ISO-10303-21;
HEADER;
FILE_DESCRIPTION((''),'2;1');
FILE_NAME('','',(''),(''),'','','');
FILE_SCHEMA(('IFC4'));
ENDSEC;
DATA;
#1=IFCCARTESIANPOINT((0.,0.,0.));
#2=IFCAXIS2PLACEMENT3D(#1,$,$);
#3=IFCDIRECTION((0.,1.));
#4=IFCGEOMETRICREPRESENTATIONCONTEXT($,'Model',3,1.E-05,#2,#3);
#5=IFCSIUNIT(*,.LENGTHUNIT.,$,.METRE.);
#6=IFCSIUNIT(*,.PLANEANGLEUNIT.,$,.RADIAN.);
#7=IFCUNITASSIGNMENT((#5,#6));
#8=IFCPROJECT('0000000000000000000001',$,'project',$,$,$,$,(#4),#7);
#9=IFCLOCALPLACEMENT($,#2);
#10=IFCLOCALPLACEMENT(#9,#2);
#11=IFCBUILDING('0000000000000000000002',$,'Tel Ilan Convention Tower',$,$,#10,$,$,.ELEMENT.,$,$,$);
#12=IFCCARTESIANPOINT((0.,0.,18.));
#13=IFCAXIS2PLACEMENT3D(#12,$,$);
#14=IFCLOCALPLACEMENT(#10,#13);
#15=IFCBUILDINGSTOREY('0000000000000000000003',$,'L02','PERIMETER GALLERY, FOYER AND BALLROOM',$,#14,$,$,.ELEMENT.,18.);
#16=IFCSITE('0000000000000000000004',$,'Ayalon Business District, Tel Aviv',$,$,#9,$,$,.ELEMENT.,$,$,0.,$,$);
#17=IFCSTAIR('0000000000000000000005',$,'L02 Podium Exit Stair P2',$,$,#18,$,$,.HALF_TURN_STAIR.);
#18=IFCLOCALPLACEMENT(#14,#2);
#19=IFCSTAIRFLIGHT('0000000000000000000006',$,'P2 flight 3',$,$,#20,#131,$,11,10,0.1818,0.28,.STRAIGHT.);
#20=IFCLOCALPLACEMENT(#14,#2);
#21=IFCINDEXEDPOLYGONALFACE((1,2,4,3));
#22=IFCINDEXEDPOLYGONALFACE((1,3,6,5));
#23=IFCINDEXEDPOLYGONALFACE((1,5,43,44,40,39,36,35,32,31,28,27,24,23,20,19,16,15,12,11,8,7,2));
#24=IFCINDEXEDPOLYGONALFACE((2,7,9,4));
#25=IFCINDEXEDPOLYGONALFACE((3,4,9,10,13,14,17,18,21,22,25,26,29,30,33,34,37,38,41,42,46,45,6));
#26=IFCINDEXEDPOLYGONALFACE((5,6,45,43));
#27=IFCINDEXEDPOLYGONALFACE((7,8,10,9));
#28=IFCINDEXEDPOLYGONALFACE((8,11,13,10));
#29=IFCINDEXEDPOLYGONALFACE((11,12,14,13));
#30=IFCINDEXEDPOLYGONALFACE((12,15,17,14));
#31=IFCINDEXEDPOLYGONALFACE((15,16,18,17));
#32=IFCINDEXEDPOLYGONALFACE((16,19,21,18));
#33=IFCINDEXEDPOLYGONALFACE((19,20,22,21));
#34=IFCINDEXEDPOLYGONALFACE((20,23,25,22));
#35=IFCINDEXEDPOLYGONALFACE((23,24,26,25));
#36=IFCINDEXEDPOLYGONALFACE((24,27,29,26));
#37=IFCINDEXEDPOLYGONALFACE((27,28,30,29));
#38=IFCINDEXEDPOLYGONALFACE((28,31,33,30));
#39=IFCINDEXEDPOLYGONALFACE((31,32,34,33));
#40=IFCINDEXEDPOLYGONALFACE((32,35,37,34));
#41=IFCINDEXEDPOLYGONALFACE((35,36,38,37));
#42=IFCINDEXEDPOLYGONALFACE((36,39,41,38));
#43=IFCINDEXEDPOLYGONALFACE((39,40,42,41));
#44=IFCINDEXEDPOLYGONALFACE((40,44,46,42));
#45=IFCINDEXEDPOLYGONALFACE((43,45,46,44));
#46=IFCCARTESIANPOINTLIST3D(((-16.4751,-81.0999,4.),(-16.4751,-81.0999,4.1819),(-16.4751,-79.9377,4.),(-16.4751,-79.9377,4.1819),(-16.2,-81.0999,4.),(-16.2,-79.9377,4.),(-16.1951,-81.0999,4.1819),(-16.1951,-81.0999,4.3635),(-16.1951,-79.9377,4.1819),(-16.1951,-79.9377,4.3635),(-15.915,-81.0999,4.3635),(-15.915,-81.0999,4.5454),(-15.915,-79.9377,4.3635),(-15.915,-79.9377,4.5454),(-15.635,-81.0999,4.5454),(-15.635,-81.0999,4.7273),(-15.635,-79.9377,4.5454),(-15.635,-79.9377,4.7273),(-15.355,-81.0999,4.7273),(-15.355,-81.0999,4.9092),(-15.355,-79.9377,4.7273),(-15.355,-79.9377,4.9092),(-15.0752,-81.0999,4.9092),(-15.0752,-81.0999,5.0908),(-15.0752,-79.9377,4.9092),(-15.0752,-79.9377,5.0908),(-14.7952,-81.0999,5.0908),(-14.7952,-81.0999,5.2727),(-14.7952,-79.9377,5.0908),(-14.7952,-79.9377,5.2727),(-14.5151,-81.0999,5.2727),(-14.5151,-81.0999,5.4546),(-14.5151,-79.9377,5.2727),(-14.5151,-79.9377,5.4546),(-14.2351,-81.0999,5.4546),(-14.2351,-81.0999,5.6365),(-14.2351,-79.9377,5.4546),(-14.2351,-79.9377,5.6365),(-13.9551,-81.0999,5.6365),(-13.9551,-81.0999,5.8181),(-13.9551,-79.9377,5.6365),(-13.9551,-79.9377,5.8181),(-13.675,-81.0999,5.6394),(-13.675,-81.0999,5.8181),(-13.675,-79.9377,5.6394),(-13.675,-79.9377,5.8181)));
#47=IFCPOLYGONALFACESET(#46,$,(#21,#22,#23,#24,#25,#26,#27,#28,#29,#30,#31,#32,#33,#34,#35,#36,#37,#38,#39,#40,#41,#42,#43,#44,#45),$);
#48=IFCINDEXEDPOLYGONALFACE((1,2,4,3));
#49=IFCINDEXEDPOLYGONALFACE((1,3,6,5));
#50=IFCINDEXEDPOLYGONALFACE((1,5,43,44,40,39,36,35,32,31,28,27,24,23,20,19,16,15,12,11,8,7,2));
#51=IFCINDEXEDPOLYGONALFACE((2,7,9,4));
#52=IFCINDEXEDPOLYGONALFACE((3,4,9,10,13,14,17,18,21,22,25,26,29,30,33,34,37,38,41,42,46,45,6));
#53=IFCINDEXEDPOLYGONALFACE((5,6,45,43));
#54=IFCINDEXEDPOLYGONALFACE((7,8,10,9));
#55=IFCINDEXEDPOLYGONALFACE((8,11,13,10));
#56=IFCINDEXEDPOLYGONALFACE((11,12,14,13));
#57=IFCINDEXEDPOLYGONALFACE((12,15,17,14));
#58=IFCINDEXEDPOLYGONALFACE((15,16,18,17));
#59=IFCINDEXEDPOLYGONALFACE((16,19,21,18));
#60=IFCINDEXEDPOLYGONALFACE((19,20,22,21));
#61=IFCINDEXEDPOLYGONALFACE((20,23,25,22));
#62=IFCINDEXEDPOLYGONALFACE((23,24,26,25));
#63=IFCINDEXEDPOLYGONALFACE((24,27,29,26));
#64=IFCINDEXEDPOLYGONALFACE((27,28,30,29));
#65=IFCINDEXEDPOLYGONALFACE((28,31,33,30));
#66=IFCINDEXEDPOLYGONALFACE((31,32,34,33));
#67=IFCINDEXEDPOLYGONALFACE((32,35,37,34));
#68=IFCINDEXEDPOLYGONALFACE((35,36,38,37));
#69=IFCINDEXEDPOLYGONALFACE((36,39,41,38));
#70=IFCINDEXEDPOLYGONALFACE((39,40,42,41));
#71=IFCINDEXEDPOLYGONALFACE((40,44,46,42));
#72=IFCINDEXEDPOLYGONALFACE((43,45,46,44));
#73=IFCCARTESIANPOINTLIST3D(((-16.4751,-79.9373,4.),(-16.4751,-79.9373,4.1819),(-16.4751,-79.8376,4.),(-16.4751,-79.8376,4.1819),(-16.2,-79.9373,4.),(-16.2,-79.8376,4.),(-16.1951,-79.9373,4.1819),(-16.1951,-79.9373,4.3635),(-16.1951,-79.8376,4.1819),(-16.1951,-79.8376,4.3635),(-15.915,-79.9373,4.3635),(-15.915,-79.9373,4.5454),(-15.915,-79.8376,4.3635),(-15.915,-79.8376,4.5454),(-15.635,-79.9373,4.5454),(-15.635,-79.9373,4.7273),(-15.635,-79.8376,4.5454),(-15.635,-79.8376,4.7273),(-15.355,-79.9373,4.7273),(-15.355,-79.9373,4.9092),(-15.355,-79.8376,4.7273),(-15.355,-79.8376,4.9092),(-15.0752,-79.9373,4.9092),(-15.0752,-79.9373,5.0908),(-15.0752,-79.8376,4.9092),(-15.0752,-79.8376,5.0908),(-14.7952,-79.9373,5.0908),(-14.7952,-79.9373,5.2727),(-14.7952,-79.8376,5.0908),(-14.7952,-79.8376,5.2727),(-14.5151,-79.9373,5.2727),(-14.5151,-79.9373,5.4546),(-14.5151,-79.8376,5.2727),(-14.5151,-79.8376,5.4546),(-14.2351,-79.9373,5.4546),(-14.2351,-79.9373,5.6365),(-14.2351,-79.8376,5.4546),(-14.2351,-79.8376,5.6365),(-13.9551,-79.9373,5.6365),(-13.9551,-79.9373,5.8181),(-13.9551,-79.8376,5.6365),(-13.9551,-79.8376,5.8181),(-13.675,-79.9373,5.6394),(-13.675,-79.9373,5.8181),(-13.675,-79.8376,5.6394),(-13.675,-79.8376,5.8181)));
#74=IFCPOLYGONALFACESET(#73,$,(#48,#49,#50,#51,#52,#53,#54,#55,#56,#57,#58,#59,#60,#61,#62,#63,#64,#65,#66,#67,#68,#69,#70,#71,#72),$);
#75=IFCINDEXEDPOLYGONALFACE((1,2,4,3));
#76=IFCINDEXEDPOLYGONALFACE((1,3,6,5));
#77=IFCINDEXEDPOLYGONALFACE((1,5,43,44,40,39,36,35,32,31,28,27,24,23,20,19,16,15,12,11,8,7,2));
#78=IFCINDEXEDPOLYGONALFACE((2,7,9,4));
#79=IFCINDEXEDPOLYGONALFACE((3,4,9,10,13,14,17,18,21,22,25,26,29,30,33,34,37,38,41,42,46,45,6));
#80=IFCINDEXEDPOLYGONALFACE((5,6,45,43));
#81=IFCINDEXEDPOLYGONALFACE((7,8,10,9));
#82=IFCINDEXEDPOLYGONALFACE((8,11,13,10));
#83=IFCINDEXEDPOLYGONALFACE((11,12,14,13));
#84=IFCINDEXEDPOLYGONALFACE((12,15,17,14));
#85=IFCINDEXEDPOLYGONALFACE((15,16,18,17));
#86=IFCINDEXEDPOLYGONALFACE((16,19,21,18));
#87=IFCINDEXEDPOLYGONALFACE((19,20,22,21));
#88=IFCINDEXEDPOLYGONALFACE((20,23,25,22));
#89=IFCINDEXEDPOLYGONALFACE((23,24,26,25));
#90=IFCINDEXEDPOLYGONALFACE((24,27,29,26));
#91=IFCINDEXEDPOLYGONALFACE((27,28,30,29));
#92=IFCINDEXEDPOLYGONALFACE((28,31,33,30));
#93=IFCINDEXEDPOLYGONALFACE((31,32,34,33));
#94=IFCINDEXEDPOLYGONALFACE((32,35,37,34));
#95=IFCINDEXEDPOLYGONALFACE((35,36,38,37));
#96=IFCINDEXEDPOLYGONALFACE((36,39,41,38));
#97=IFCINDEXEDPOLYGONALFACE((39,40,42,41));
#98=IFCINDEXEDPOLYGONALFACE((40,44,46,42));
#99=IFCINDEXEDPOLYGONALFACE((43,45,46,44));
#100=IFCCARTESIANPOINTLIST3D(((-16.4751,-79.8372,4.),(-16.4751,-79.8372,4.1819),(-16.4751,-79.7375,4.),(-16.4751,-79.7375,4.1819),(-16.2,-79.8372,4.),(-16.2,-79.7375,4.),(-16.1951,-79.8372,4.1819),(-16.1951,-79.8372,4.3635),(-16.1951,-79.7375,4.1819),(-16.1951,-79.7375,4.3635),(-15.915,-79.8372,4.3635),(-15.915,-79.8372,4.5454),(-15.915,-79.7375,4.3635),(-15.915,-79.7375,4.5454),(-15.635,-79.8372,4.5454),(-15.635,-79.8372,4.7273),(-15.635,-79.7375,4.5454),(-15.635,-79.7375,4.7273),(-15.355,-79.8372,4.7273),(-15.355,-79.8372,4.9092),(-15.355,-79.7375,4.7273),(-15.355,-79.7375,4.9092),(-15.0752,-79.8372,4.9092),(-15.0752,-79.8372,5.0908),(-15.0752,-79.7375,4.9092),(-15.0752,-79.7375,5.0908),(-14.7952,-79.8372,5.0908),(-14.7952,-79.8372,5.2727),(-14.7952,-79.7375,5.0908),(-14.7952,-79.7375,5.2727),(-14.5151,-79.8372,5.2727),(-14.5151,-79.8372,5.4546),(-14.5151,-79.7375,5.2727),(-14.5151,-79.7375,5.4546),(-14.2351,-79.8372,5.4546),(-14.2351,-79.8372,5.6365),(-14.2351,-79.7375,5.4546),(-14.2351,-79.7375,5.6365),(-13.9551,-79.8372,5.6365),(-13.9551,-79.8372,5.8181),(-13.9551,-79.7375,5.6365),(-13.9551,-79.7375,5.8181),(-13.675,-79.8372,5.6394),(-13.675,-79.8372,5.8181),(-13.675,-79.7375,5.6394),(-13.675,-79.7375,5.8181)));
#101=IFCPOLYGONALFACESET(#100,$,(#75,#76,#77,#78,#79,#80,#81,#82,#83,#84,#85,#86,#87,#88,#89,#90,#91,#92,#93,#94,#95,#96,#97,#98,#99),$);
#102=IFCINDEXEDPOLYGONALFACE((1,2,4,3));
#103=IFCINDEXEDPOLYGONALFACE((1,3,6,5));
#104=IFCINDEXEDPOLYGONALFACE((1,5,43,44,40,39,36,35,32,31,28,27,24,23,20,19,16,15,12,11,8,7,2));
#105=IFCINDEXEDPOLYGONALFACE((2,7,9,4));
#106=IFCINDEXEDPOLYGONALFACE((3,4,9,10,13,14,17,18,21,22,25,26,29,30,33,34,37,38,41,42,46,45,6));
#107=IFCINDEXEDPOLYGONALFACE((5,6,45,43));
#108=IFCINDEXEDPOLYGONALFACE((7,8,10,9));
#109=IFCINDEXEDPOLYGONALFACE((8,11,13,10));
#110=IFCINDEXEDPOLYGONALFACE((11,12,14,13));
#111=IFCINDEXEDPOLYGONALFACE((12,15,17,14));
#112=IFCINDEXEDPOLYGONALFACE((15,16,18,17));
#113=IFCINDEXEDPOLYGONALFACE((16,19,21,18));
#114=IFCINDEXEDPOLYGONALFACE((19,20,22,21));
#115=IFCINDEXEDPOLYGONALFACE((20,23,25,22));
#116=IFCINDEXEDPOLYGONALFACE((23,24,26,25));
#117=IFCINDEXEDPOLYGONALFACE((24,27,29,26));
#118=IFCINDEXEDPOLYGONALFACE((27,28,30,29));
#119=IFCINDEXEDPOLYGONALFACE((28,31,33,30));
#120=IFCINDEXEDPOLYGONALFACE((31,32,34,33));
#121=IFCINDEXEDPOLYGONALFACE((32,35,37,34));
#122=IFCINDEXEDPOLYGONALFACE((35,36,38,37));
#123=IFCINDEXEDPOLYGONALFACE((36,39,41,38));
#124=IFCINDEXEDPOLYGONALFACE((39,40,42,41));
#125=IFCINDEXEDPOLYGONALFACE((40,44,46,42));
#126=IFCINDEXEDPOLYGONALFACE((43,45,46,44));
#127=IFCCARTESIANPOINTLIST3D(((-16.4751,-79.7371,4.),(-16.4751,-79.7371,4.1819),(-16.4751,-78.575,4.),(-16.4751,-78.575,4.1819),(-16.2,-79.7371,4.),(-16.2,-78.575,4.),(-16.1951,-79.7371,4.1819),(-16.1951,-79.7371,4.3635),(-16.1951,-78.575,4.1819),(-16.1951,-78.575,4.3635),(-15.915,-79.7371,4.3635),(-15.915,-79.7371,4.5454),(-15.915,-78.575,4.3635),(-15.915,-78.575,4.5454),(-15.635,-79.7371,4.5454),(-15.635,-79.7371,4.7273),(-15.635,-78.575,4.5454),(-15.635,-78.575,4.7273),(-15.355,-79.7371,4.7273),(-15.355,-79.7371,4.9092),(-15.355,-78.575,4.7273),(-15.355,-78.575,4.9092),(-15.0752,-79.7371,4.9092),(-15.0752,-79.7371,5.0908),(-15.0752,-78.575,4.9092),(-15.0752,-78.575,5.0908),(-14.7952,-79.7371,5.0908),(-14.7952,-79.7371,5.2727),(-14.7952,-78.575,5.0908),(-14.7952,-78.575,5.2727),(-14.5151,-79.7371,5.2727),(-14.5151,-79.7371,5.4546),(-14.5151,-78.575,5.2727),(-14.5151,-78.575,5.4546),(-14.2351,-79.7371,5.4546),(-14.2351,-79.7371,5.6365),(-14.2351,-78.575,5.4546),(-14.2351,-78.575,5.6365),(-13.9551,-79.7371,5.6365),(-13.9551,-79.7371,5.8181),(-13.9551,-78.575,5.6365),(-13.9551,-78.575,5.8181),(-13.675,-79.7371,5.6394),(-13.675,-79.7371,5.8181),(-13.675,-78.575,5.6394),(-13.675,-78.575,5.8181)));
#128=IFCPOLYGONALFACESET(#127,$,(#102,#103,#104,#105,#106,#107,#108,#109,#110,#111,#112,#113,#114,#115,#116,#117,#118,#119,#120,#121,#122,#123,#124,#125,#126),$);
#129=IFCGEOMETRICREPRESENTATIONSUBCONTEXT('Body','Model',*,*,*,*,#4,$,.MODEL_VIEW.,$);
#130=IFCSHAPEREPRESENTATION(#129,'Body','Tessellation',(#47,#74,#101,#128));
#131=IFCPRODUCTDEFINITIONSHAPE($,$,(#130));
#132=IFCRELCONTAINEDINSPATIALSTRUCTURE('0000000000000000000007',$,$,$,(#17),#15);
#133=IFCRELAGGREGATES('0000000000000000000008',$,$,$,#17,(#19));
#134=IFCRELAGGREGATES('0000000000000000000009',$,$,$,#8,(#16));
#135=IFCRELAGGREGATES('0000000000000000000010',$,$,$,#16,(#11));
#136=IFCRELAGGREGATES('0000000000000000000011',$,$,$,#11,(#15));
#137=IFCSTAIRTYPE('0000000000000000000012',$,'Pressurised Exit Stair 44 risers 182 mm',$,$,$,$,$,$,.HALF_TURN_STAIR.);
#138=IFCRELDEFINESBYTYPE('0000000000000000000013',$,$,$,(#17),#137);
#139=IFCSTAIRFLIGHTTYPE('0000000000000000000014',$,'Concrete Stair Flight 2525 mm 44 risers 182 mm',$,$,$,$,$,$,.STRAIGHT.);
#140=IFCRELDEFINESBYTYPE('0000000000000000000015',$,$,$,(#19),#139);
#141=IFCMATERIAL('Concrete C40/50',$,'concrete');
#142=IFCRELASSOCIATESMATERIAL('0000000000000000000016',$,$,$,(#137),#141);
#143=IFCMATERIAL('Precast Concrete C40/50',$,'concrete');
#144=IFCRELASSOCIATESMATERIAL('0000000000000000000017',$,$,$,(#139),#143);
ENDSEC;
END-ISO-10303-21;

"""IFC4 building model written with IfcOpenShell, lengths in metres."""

from ifc_helpers import new_model, si_unit, direction, frame, origin, place, context, subcontext, project, spatial, polyline, outline, extrude, material, type_object, element, aggregate, save


model = new_model("IFC4")

# Units and contexts
model_context = context("Model", 3, precision=1e-05, world=origin(), true_north=direction((0.0, 1.0)))
body_context = subcontext(model_context, "Body", "Model", "MODEL_VIEW")
ifc_project = project(units=[si_unit("LENGTHUNIT", "METRE"), si_unit("PLANEANGLEUNIT", "RADIAN")], contexts=[model_context])

# Site, building, storey
site_placement = place(None, origin())
site = spatial("IfcSite", under=ifc_project, at=site_placement, Name="Ayalon Business District, Tel Aviv", CompositionType="ELEMENT", RefElevation=0.0)
building_placement = place(site_placement, origin())
building = spatial("IfcBuilding", under=site, at=building_placement, Name="Tel Ilan Convention Tower", CompositionType="ELEMENT")
storey_placement = place(building_placement, frame((0.0, 0.0, 18.0)))
storey = spatial("IfcBuildingStorey", under=building, at=storey_placement, Name="L02", Description="PERIMETER GALLERY, FOYER AND BALLROOM", CompositionType="ELEMENT", Elevation=18.0)

# Stair, stair flight
ifc_material_1 = material(Name="Concrete C40/50", Category="concrete")
stair_type = type_object("IfcStairType", Name="Pressurised Exit Stair 44 risers 182 mm", PredefinedType="HALF_TURN_STAIR", material=ifc_material_1)
stair_placement = place(storey_placement, origin())
stair = element("IfcStair", 1, at=stair_placement, inside=storey, type_object=stair_type, Name="L02 Podium Exit Stair P2", PredefinedType="HALF_TURN_STAIR")
ifc_material_2 = material(Name="Precast Concrete C40/50", Category="concrete")
stair_flight_type = type_object("IfcStairFlightType", Name="Concrete Stair Flight 2525 mm 44 risers 182 mm", PredefinedType="STRAIGHT", material=ifc_material_2)
stair_flight_1_placement = place(storey_placement, frame((-16.4751, -79.8374, 4.0), z_axis=(0.0, 0.0, 1.0), x_axis=(1.0, 0.0, 0.0)))
stair_flight_1 = element("IfcStairFlight", 2, at=stair_flight_1_placement, type_object=stair_flight_type, Name="P2 flight 3", NumberOfRisers=11, NumberOfTreads=10, PredefinedType="STRAIGHT", RiserHeight=0.1818, TreadLength=0.28, context=body_context, shape_type="SweptSolid", body=[
    extrude(outline(polyline([(0.0, 0.0), (0.0, 0.1819), (0.28, 0.1819), (0.28, 0.3635), (0.5601, 0.3635), (0.5601, 0.5454), (0.8401, 0.5454), (0.8401, 0.7273), (1.1201, 0.7273), (1.1201, 0.9092), (1.3999, 0.9092), (1.3999, 1.0908), (1.6799, 1.0908), (1.6799, 1.2727), (1.96, 1.2727), (1.96, 1.4546), (2.24, 1.4546), (2.24, 1.6365), (2.52, 1.6365), (2.52, 1.8181), (2.8, 1.8181), (2.8, 2.0), (2.8, 1.6394), (0.2751, 0.0), (0.0, 0.0)])), frame((0.0, -0.1003, 0.0), z_axis=(0.0, -1.0, 0.0), x_axis=(1.0, 0.0, 0.0)), (0.0, 0.0, 1.0), 1.1621),
    extrude(outline(polyline([(0.0, 0.0), (0.0, 0.1819), (0.28, 0.1819), (0.28, 0.3635), (0.5601, 0.3635), (0.5601, 0.5454), (0.8401, 0.5454), (0.8401, 0.7273), (1.1201, 0.7273), (1.1201, 0.9092), (1.3999, 0.9092), (1.3999, 1.0908), (1.6799, 1.0908), (1.6799, 1.2727), (1.96, 1.2727), (1.96, 1.4546), (2.24, 1.4546), (2.24, 1.6365), (2.52, 1.6365), (2.52, 1.8181), (2.8, 1.8181), (2.8, 2.0), (2.8, 1.6394), (0.2751, 0.0), (0.0, 0.0)])), frame((0.0, -0.0002, 0.0), z_axis=(0.0, -1.0, 0.0), x_axis=(1.0, 0.0, 0.0)), (0.0, 0.0, 1.0), 0.0996),
    extrude(outline(polyline([(0.0, 0.0), (0.0, 0.1819), (0.28, 0.1819), (0.28, 0.3635), (0.5601, 0.3635), (0.5601, 0.5454), (0.8401, 0.5454), (0.8401, 0.7273), (1.1201, 0.7273), (1.1201, 0.9092), (1.3999, 0.9092), (1.3999, 1.0908), (1.6799, 1.0908), (1.6799, 1.2727), (1.96, 1.2727), (1.96, 1.4546), (2.24, 1.4546), (2.24, 1.6365), (2.52, 1.6365), (2.52, 1.8181), (2.8, 1.8181), (2.8, 2.0), (2.8, 1.6394), (0.2751, 0.0), (0.0, 0.0)])), frame((0.0, 0.0999, 0.0), z_axis=(0.0, -1.0, 0.0), x_axis=(1.0, 0.0, 0.0)), (0.0, 0.0, 1.0), 0.0996),
    extrude(outline(polyline([(0.0, 0.0), (0.0, 0.1819), (0.28, 0.1819), (0.28, 0.3635), (0.5601, 0.3635), (0.5601, 0.5454), (0.8401, 0.5454), (0.8401, 0.7273), (1.1201, 0.7273), (1.1201, 0.9092), (1.3999, 0.9092), (1.3999, 1.0908), (1.6799, 1.0908), (1.6799, 1.2727), (1.96, 1.2727), (1.96, 1.4546), (2.24, 1.4546), (2.24, 1.6365), (2.52, 1.6365), (2.52, 1.8181), (2.8, 1.8181), (2.8, 2.0), (2.8, 1.6394), (0.2751, 0.0), (0.0, 0.0)])), frame((0.0, 1.2625, 0.0), z_axis=(0.0, -1.0, 0.0), x_axis=(1.0, 0.0, 0.0)), (0.0, 0.0, 1.0), 1.1621),
])
aggregate(stair, [stair_flight_1])

save(model, "model.ifc")
